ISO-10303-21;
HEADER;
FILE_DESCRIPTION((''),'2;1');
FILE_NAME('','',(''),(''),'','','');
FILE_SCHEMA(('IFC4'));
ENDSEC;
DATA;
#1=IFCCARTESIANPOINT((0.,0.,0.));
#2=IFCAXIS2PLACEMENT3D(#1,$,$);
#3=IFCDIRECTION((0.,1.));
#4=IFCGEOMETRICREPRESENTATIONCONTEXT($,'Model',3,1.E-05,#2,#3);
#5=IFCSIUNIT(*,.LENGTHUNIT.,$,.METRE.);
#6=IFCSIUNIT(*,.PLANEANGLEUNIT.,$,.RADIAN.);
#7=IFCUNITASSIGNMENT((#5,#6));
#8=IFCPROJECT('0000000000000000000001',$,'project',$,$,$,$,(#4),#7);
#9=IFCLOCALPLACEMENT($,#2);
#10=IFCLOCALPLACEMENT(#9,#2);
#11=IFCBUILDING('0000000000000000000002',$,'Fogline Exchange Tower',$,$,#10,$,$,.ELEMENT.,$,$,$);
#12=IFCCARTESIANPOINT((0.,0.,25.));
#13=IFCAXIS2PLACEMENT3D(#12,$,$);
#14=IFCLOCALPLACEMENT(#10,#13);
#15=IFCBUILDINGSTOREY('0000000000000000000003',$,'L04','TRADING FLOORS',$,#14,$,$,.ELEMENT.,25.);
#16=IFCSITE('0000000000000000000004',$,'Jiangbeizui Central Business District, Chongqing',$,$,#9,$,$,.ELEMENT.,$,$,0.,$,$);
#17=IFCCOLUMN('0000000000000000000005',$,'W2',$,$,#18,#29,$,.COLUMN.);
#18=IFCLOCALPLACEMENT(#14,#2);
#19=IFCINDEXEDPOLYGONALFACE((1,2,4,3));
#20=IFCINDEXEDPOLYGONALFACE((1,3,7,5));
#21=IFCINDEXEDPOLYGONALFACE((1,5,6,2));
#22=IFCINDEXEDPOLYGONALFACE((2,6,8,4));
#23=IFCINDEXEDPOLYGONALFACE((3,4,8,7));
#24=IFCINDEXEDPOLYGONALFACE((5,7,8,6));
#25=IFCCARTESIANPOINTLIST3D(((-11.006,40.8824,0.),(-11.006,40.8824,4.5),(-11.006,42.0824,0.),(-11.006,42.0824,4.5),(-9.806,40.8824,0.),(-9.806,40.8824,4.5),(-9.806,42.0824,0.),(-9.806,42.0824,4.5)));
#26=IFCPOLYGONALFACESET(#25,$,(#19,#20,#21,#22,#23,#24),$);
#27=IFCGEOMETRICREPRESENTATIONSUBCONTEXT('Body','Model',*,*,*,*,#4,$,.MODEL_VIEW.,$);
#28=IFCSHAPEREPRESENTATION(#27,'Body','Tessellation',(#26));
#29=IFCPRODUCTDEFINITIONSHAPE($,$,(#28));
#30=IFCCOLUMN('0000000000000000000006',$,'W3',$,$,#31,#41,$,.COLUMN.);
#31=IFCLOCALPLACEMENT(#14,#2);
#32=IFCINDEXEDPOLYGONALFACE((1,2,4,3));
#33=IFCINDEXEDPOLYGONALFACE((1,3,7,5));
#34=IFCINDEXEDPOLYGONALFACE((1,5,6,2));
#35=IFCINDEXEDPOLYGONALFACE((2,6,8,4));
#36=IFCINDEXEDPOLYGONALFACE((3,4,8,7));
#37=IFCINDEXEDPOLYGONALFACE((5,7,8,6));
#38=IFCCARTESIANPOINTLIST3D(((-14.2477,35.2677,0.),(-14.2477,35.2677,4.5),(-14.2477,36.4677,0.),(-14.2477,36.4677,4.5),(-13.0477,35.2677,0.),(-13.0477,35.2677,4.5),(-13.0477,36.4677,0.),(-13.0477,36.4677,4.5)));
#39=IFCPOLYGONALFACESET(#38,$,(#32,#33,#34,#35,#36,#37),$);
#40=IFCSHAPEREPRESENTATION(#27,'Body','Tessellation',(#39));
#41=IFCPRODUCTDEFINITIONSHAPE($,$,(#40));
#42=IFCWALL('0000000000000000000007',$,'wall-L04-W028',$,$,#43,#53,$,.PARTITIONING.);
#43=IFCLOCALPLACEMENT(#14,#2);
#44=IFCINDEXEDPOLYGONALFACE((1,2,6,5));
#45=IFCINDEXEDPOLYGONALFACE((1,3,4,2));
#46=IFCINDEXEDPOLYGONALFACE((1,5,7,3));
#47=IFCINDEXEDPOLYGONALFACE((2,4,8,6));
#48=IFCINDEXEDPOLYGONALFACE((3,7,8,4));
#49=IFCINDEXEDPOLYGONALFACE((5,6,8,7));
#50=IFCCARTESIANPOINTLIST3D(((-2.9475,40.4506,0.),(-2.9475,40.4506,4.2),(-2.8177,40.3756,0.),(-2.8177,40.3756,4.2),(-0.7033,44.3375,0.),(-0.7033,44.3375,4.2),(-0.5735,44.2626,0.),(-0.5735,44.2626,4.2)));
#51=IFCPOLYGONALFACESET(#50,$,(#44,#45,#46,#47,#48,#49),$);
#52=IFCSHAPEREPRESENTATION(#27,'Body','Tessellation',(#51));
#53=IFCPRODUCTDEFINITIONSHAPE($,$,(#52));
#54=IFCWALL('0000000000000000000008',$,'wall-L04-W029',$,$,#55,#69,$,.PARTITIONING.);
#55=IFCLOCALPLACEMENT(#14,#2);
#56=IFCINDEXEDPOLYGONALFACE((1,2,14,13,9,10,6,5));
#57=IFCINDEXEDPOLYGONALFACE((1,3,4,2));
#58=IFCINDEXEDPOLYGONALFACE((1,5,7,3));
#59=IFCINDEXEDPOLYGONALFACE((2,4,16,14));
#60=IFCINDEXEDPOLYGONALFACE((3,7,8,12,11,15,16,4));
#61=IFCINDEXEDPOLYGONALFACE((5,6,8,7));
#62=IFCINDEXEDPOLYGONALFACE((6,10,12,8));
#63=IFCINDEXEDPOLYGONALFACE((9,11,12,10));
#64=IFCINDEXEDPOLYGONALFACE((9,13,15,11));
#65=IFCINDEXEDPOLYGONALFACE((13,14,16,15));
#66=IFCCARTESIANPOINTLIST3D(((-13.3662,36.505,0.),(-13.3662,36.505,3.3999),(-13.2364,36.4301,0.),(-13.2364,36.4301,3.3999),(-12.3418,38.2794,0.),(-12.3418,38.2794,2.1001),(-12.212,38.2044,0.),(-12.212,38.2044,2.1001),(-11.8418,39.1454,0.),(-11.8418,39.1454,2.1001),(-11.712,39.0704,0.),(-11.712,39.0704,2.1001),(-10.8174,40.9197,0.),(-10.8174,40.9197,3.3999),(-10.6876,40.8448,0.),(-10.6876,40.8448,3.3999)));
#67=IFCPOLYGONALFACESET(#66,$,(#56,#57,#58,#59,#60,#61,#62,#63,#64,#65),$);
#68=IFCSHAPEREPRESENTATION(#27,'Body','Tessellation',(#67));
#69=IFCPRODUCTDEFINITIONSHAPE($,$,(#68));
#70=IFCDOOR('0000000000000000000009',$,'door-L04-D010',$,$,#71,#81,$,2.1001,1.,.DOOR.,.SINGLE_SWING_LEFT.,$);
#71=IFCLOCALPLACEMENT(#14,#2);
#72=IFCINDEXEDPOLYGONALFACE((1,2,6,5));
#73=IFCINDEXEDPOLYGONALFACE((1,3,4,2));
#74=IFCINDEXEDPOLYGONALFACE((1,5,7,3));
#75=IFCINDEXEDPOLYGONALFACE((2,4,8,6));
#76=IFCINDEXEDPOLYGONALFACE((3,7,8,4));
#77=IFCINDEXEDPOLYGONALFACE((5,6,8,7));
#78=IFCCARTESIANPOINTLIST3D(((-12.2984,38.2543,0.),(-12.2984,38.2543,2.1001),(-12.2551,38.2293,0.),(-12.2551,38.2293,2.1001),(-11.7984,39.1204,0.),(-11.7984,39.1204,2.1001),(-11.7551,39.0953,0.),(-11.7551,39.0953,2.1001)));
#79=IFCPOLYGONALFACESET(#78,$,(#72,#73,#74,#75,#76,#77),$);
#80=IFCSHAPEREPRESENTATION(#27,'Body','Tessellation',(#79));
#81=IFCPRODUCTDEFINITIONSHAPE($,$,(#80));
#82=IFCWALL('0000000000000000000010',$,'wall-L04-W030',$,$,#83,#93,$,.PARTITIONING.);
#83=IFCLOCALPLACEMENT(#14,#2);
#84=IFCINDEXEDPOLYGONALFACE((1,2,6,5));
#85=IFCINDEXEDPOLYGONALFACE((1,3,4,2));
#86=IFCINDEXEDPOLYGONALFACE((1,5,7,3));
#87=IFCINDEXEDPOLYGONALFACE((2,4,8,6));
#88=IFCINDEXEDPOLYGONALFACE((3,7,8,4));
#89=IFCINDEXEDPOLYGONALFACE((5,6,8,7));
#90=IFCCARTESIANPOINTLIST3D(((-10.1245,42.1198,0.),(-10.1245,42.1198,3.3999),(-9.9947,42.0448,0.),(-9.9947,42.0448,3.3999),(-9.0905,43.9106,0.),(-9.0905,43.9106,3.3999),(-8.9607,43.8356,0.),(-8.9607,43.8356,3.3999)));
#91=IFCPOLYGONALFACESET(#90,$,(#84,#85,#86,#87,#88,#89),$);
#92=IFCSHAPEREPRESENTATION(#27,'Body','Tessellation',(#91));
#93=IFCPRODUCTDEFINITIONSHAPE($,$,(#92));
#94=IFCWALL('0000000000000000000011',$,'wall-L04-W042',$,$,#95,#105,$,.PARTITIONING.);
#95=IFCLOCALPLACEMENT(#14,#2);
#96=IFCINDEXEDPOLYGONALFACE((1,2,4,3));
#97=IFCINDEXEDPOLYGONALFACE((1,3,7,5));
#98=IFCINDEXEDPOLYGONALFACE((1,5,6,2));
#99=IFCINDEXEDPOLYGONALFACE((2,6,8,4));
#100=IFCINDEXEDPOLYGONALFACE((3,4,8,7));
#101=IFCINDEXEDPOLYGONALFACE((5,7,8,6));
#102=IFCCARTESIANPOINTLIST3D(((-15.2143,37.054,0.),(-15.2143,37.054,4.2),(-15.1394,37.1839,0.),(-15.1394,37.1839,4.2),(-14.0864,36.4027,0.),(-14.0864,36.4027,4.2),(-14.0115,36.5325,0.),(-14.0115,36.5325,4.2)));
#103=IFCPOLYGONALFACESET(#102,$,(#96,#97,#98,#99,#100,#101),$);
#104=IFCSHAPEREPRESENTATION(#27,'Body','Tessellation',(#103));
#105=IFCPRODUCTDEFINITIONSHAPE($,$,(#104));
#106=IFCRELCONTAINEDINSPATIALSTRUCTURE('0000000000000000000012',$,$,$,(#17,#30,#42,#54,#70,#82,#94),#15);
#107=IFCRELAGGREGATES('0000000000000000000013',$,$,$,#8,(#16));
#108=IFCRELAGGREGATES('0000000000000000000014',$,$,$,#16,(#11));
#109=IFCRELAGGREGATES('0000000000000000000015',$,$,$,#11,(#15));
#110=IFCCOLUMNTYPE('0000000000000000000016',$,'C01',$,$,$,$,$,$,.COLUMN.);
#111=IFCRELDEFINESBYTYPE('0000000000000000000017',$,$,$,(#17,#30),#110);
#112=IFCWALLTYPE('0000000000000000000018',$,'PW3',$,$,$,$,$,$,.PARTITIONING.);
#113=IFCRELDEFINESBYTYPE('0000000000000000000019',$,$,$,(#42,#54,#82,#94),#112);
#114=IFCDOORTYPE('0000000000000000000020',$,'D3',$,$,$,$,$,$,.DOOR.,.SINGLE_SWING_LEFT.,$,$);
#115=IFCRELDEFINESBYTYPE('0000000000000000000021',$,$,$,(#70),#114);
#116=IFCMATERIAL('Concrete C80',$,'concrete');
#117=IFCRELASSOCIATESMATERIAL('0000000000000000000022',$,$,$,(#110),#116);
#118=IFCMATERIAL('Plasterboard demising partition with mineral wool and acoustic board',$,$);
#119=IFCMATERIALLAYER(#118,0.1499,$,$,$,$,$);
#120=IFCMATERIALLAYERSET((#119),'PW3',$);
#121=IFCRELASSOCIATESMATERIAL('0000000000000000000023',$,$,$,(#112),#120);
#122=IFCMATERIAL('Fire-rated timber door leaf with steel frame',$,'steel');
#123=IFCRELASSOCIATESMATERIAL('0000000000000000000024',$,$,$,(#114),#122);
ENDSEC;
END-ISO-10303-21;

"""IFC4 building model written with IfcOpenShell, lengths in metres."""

from ifc_helpers import new_model, si_unit, direction, frame, frame_2d, origin, origin_2d, place, context, subcontext, project, spatial, rectangle, extrude, material, layer, layer_set, material_profile, profile_set, type_object, element, fill, save


model = new_model("IFC4")

# Units and contexts
model_context = context("Model", 3, precision=1e-05, world=origin(), true_north=direction((0.0, 1.0)))
body_context = subcontext(model_context, "Body", "Model", "MODEL_VIEW")
ifc_project = project(units=[si_unit("LENGTHUNIT", "METRE"), si_unit("PLANEANGLEUNIT", "RADIAN")], contexts=[model_context])

# Site, building, storey
site_placement = place(None, origin())
site = spatial("IfcSite", under=ifc_project, at=site_placement, Name="Jiangbeizui Central Business District, Chongqing", CompositionType="ELEMENT", RefElevation=0.0)
building_placement = place(site_placement, origin())
building = spatial("IfcBuilding", under=site, at=building_placement, Name="Fogline Exchange Tower", CompositionType="ELEMENT")
storey_placement = place(building_placement, frame((0.0, 0.0, 25.0)))
storey = spatial("IfcBuildingStorey", under=building, at=storey_placement, Name="L04", Description="TRADING FLOORS", CompositionType="ELEMENT", Elevation=25.0)

# Columns
ifc_material_1 = material(Name="Concrete C80", Category="concrete")
ifc_material_profile = material_profile(ifc_material_1, rectangle(XDim=1.2, YDim=1.2, at=origin_2d()), Name="RC 1200x1200")
ifc_profile_set = profile_set([ifc_material_profile], Name="Concrete C80")
column_type = type_object("IfcColumnType", Name="C01", PredefinedType="COLUMN", material=ifc_profile_set)
for number, where, z_axis, x_axis, name in (
    (1, (-10.406, 41.4824, 0.0), (0.0, 0.0, 1.0), (1.0, 0.0, 0.0), "W2"),
    (2, (-13.6477, 35.8677, 0.0), (0.0, 0.0, 1.0), (1.0, 0.0, 0.0), "W3"),
):
    element("IfcColumn", number, at=place(storey_placement, frame(where, z_axis=z_axis, x_axis=x_axis)), inside=storey, type_object=column_type, Name=name, PredefinedType="COLUMN", context=body_context, shape_type="SweptSolid", body=[
        extrude(rectangle(XDim=1.2, YDim=1.2, at=origin_2d()), origin(), (0.0, 0.0, 1.0), 4.5),
    ])

# Wall
ifc_material_2 = material(Name="Plasterboard demising partition with mineral wool and acoustic board")
ifc_layer = layer(ifc_material_2, 0.1499)
ifc_layer_set = layer_set([ifc_layer], Name="PW3")
wall_type = type_object("IfcWallType", Name="PW3", PredefinedType="PARTITIONING", material=ifc_layer_set)
wall_1_placement = place(storey_placement, frame((-2.8826, 40.4131, 0.0), z_axis=(0.0, 0.0, 1.0), x_axis=(0.5, 0.866025, 0.0)))
element("IfcWall", 3, at=wall_1_placement, inside=storey, type_object=wall_type, Name="wall-L04-W028", PredefinedType="PARTITIONING", context=body_context, shape_type="SweptSolid", body=[
    extrude(rectangle(XDim=4.4883, YDim=0.1499, at=frame_2d((2.2441, 0.0))), origin(), (0.0, 0.0, 1.0), 4.2),
])

# Wall, opening, door
wall_2_placement = place(storey_placement, frame((-13.3013, 36.4675, 0.0), z_axis=(0.0, 0.0, 1.0), x_axis=(0.499992, 0.86603, 0.0)))
wall_2 = element("IfcWall", 4, at=wall_2_placement, inside=storey, type_object=wall_type, Name="wall-L04-W029", PredefinedType="PARTITIONING", context=body_context, shape_type="SweptSolid", body=[
    extrude(rectangle(XDim=5.0977, YDim=0.1499, at=frame_2d((2.5488, 0.0))), origin(), (0.0, 0.0, 1.0), 3.3999),
])
opening_placement = place(wall_2_placement, frame((2.0488, 0.0, 0.0)))
opening = element("IfcOpeningElement", 5, at=opening_placement, cuts=wall_2, PredefinedType="OPENING", context=body_context, shape_type="SweptSolid", body=[
    extrude(rectangle(XDim=1.0, YDim=2.1001, at=frame_2d((0.5, 1.05))), frame((0.0, 0.085, 0.0), z_axis=(0.0, -1.0, 0.0), x_axis=(1.0, 0.0, 0.0)), (0.0, 0.0, 1.0), 0.1699),
])
ifc_material_3 = material(Name="Fire-rated timber door leaf with steel frame", Category="steel")
door_type = type_object("IfcDoorType", Name="D3", OperationType="SINGLE_SWING_LEFT", PredefinedType="DOOR", material=ifc_material_3)
door_placement = place(opening_placement, origin())
door = element("IfcDoor", 6, at=door_placement, inside=storey, type_object=door_type, Name="door-L04-D010", OperationType="SINGLE_SWING_LEFT", OverallHeight=2.1001, OverallWidth=1.0, PredefinedType="DOOR", context=body_context, shape_type="SweptSolid", body=[
    extrude(rectangle(XDim=1.0, YDim=2.1001, at=frame_2d((0.5, 1.05))), frame((0.0, 0.0249, 0.0), z_axis=(0.0, -1.0, 0.0), x_axis=(1.0, 0.0, 0.0)), (0.0, 0.0, 1.0), 0.05),
])
fill(opening, door)

# Walls
wall_3_placement = place(storey_placement, frame((-10.0596, 42.0823, 0.0), z_axis=(0.0, 0.0, 1.0), x_axis=(0.500012, 0.866018, 0.0)))
element("IfcWall", 7, at=wall_3_placement, inside=storey, type_object=wall_type, Name="wall-L04-W030", PredefinedType="PARTITIONING", context=body_context, shape_type="SweptSolid", body=[
    extrude(rectangle(XDim=2.0679, YDim=0.1499, at=frame_2d((1.0339, 0.0))), origin(), (0.0, 0.0, 1.0), 3.3999),
])
wall_4_placement = place(storey_placement, frame((-14.0488, 36.4675, 0.0), z_axis=(0.0, 0.0, 1.0), x_axis=(-0.865973, 0.50009, 0.0)))
element("IfcWall", 8, at=wall_4_placement, inside=storey, type_object=wall_type, Name="wall-L04-W042", PredefinedType="PARTITIONING", context=body_context, shape_type="SweptSolid", body=[
    extrude(rectangle(XDim=1.3025, YDim=0.1499, at=frame_2d((0.6514, 0.0))), origin(), (0.0, 0.0, 1.0), 4.2),
])

save(model, "model.ifc")
